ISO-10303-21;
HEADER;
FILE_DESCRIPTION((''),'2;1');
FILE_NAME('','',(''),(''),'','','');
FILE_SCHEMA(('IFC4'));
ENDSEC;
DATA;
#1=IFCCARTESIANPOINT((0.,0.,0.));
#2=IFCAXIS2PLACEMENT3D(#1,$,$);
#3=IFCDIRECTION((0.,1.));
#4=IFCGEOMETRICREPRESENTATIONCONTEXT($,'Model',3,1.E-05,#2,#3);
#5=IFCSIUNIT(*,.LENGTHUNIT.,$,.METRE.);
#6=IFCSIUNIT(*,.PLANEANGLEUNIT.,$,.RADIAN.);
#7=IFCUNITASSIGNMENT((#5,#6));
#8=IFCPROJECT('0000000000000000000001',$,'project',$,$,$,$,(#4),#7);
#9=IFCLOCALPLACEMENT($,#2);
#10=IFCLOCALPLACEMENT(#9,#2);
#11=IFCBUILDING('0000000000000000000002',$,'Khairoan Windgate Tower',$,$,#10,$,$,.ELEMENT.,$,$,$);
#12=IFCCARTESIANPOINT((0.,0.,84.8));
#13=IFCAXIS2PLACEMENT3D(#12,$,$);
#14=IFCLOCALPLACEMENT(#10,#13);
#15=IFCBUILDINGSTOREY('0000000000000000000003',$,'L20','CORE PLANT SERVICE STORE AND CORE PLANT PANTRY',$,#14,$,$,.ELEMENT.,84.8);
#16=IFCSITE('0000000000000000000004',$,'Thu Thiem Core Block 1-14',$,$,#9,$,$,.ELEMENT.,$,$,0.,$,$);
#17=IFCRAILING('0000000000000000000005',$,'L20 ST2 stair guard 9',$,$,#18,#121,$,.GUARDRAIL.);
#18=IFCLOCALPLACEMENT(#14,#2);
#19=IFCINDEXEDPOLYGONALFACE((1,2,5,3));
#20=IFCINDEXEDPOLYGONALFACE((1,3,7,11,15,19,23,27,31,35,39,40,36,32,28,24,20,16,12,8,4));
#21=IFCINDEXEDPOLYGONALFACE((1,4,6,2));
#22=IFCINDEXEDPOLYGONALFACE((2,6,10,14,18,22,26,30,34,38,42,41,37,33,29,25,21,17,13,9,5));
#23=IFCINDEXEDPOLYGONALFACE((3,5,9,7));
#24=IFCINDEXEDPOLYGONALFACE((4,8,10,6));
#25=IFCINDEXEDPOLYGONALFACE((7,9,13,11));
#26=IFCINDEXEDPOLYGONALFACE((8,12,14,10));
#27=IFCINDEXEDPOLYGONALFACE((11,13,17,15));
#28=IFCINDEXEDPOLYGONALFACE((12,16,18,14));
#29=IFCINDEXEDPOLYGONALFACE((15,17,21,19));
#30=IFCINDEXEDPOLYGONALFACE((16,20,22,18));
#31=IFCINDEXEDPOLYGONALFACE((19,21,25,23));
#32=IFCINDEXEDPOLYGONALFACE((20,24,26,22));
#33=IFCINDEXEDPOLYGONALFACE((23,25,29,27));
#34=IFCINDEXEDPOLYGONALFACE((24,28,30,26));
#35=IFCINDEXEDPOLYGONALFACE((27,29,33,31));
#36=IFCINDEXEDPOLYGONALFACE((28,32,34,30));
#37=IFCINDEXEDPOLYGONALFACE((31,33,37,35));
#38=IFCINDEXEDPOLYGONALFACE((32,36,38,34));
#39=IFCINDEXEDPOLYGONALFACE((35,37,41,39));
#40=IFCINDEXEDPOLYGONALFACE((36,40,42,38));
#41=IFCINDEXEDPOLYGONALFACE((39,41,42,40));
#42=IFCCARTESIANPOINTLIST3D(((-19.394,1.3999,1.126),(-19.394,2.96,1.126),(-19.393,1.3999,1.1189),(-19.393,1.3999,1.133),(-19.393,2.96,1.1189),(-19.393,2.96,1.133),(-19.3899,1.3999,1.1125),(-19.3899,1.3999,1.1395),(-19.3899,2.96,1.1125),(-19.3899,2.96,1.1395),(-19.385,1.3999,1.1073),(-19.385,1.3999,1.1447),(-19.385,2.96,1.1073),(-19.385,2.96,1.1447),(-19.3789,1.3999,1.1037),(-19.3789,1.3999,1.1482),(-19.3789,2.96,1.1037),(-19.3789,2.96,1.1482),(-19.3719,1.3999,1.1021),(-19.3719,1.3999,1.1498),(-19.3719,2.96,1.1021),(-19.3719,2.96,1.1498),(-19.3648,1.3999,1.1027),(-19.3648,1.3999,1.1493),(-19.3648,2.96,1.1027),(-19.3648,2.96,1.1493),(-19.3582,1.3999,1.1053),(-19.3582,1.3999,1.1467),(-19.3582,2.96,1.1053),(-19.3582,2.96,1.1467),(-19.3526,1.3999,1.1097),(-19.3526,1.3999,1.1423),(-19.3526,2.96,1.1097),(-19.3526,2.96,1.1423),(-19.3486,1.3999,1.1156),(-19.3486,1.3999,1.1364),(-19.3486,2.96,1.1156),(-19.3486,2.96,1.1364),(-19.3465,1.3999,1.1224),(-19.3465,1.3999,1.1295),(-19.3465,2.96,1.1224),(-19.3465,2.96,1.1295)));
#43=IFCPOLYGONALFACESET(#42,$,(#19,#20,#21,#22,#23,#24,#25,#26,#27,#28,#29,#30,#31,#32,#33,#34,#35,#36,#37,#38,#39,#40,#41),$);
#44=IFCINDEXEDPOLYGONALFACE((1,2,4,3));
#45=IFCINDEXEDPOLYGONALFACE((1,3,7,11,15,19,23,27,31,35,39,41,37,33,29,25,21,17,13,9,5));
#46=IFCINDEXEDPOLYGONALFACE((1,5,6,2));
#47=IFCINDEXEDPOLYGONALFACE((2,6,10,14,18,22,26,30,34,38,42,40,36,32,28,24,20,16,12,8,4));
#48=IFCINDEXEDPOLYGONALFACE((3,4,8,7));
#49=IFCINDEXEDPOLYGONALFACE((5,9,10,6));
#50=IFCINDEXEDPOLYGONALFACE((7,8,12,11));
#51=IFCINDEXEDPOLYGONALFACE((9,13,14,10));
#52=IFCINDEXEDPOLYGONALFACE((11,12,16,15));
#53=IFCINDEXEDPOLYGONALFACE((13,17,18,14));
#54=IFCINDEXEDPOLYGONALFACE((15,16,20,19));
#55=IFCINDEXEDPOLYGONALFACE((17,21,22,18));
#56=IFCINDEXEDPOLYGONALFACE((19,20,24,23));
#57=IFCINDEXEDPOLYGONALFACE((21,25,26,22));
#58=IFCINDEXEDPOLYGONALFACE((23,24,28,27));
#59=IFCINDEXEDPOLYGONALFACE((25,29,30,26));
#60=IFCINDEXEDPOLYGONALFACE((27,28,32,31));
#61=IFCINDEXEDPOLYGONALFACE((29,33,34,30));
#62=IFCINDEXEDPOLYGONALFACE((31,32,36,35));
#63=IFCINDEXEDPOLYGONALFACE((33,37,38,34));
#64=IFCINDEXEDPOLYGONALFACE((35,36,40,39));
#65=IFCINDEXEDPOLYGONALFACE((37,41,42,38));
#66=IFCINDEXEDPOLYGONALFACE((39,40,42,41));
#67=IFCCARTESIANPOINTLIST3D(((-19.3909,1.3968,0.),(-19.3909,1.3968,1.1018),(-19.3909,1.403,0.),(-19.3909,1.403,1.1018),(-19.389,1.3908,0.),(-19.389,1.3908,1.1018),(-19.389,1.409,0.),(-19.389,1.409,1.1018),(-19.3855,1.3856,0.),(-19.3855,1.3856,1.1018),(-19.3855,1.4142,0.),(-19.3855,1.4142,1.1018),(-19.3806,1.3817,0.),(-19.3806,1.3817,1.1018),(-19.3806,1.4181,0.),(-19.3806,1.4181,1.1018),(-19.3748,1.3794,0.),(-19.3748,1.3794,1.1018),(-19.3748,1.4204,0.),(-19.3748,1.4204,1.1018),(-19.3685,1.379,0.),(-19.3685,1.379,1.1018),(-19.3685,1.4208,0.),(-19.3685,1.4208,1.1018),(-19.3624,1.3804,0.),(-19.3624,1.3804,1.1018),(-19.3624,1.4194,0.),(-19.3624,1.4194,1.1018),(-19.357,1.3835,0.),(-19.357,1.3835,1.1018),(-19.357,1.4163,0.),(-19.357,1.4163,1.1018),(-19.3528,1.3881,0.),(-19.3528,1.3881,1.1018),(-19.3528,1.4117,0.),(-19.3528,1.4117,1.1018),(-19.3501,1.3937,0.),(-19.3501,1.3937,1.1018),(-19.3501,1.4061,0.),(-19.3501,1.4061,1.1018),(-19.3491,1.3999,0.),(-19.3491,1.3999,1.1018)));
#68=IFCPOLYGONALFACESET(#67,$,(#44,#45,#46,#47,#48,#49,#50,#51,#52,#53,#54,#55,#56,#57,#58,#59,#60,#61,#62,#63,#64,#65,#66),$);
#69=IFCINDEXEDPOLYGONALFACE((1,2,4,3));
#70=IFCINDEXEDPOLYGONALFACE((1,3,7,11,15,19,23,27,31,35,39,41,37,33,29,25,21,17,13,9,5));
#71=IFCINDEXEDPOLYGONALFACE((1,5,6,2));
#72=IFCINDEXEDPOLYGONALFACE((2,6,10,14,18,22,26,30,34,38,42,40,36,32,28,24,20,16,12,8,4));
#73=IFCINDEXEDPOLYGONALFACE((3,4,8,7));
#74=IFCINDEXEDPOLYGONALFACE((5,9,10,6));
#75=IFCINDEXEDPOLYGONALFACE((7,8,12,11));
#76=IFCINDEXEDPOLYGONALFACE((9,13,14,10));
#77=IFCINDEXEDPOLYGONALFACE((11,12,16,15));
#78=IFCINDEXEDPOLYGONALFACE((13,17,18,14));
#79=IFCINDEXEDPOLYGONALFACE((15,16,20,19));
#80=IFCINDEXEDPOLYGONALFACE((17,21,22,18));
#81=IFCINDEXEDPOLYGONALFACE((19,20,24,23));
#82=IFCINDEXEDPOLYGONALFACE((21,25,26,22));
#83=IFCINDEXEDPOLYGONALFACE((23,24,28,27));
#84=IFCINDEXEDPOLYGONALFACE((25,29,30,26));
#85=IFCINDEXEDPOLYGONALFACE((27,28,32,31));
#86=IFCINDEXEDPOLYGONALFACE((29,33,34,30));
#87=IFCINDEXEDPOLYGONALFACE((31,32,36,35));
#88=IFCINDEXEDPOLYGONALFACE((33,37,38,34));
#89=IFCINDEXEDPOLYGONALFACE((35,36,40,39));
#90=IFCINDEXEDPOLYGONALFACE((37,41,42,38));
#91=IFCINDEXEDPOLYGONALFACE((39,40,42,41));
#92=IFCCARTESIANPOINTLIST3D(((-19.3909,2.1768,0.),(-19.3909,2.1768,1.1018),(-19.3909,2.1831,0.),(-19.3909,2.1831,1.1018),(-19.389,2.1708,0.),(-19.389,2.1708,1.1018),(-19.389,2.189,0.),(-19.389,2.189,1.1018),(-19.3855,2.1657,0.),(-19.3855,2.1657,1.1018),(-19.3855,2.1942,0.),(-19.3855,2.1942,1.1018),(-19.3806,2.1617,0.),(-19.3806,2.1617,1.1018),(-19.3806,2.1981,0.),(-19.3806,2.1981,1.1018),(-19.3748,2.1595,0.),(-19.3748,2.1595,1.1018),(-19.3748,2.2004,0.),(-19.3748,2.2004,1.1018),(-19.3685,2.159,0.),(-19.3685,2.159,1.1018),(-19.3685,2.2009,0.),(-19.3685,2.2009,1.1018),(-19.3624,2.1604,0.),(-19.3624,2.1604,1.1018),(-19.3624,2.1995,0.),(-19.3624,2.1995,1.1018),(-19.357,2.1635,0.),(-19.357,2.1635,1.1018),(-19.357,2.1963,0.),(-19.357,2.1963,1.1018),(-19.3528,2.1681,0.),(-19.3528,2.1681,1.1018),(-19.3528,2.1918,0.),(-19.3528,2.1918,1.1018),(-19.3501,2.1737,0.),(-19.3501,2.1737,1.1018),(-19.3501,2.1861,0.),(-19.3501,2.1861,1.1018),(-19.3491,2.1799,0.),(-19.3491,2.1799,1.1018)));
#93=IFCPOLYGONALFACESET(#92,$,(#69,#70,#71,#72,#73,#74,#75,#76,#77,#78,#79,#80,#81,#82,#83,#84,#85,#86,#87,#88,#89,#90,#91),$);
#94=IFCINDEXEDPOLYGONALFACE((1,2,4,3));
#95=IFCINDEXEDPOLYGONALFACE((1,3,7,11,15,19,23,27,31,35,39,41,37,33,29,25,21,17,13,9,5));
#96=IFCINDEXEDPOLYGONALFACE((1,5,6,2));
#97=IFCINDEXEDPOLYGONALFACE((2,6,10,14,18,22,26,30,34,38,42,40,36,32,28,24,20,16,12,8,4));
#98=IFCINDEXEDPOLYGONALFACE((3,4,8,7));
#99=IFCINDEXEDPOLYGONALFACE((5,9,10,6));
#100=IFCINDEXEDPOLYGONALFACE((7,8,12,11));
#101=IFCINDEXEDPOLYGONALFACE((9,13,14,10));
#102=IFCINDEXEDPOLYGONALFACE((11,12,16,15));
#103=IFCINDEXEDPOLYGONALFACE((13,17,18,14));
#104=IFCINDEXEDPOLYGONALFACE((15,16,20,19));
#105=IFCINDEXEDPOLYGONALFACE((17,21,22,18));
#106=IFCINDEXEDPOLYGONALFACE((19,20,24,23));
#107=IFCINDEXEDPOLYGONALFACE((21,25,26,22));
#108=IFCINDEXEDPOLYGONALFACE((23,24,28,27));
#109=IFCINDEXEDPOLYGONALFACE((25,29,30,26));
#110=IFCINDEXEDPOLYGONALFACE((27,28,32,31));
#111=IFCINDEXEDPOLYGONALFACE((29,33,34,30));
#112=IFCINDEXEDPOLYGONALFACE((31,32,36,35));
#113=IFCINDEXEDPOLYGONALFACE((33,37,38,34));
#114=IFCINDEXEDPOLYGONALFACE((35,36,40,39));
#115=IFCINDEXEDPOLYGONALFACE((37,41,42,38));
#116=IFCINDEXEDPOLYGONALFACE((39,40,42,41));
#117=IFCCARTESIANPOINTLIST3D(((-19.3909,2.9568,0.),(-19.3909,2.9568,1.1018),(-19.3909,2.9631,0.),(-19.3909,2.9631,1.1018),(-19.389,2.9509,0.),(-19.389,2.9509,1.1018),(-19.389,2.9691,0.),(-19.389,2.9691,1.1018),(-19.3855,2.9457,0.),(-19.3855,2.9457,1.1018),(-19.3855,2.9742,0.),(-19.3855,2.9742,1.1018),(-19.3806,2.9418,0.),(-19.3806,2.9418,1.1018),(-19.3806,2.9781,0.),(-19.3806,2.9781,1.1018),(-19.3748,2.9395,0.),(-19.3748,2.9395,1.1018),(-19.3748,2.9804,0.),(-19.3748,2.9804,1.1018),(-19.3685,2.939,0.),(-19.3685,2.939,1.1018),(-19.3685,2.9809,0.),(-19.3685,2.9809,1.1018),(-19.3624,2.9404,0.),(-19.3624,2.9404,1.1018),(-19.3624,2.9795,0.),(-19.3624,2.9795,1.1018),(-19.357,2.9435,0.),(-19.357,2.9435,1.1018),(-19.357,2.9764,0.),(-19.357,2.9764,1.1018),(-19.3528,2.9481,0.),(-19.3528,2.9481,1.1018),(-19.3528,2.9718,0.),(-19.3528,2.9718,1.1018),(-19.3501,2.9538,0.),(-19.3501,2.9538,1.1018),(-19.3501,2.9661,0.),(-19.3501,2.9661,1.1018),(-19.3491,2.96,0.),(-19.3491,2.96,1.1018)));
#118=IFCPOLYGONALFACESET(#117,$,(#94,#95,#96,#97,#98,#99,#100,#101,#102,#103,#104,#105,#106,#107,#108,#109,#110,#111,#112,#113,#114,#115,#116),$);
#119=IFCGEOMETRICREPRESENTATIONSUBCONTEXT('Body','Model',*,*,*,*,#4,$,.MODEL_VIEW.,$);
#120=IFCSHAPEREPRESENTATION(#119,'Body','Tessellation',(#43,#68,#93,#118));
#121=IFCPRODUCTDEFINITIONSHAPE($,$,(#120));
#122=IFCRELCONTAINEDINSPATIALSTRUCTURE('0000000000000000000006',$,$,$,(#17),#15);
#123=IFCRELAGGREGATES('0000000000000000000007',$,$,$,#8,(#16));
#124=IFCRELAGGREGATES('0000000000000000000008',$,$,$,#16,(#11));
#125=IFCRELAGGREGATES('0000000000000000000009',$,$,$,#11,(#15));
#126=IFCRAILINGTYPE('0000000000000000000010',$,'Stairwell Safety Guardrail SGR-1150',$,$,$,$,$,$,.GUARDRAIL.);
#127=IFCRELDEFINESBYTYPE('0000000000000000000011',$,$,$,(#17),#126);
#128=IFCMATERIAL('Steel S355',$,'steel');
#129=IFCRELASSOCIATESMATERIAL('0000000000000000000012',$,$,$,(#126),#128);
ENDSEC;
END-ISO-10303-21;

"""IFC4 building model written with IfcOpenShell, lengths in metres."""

from ifc_helpers import new_model, si_unit, direction, frame, origin, origin_2d, place, context, subcontext, project, spatial, circle, extrude, material, type_object, element, save


model = new_model("IFC4")

# Units and contexts
model_context = context("Model", 3, precision=1e-05, world=origin(), true_north=direction((0.0, 1.0)))
body_context = subcontext(model_context, "Body", "Model", "MODEL_VIEW")
ifc_project = project(units=[si_unit("LENGTHUNIT", "METRE"), si_unit("PLANEANGLEUNIT", "RADIAN")], contexts=[model_context])

# Site, building, storey
site_placement = place(None, origin())
site = spatial("IfcSite", under=ifc_project, at=site_placement, Name="Thu Thiem Core Block 1-14", CompositionType="ELEMENT", RefElevation=0.0)
building_placement = place(site_placement, origin())
building = spatial("IfcBuilding", under=site, at=building_placement, Name="Khairoan Windgate Tower", CompositionType="ELEMENT")
storey_placement = place(building_placement, frame((0.0, 0.0, 84.8)))
storey = spatial("IfcBuildingStorey", under=building, at=storey_placement, Name="L20", Description="CORE PLANT SERVICE STORE AND CORE PLANT PANTRY", CompositionType="ELEMENT", Elevation=84.8)

# Railing
ifc_material_1 = material(Name="Steel S355", Category="steel")
railing_type_1 = type_object("IfcRailingType", Name="Stairwell Safety Guardrail SGR-1150", PredefinedType="GUARDRAIL", material=ifc_material_1)
for number, where, name in (
    (1, (-19.3701, 1.3999, 0.0), "L20 ST2 stair guard 9"),
):
    element("IfcRailing", number, at=place(storey_placement, frame(where)), inside=storey, type_object=railing_type_1, Name=name, PredefinedType="GUARDRAIL", context=body_context, shape_type="SweptSolid", body=[
        extrude(circle(Radius=0.0239, at=origin_2d()), frame((0.0, 0.0, 1.126), z_axis=(0.0, 1.0, 0.0), x_axis=(-1.0, 0.0, 0.0)), (0.0, 0.0, 1.0), 1.5601),
        extrude(circle(Radius=0.021, at=origin_2d()), origin(), (0.0, 0.0, 1.0), 1.1018),
        extrude(circle(Radius=0.021, at=origin_2d()), frame((0.0, 0.78, 0.0)), (0.0, 0.0, 1.0), 1.1018),
        extrude(circle(Radius=0.021, at=origin_2d()), frame((0.0, 1.5601, 0.0)), (0.0, 0.0, 1.0), 1.1018),
    ])

save(model, "model.ifc")
